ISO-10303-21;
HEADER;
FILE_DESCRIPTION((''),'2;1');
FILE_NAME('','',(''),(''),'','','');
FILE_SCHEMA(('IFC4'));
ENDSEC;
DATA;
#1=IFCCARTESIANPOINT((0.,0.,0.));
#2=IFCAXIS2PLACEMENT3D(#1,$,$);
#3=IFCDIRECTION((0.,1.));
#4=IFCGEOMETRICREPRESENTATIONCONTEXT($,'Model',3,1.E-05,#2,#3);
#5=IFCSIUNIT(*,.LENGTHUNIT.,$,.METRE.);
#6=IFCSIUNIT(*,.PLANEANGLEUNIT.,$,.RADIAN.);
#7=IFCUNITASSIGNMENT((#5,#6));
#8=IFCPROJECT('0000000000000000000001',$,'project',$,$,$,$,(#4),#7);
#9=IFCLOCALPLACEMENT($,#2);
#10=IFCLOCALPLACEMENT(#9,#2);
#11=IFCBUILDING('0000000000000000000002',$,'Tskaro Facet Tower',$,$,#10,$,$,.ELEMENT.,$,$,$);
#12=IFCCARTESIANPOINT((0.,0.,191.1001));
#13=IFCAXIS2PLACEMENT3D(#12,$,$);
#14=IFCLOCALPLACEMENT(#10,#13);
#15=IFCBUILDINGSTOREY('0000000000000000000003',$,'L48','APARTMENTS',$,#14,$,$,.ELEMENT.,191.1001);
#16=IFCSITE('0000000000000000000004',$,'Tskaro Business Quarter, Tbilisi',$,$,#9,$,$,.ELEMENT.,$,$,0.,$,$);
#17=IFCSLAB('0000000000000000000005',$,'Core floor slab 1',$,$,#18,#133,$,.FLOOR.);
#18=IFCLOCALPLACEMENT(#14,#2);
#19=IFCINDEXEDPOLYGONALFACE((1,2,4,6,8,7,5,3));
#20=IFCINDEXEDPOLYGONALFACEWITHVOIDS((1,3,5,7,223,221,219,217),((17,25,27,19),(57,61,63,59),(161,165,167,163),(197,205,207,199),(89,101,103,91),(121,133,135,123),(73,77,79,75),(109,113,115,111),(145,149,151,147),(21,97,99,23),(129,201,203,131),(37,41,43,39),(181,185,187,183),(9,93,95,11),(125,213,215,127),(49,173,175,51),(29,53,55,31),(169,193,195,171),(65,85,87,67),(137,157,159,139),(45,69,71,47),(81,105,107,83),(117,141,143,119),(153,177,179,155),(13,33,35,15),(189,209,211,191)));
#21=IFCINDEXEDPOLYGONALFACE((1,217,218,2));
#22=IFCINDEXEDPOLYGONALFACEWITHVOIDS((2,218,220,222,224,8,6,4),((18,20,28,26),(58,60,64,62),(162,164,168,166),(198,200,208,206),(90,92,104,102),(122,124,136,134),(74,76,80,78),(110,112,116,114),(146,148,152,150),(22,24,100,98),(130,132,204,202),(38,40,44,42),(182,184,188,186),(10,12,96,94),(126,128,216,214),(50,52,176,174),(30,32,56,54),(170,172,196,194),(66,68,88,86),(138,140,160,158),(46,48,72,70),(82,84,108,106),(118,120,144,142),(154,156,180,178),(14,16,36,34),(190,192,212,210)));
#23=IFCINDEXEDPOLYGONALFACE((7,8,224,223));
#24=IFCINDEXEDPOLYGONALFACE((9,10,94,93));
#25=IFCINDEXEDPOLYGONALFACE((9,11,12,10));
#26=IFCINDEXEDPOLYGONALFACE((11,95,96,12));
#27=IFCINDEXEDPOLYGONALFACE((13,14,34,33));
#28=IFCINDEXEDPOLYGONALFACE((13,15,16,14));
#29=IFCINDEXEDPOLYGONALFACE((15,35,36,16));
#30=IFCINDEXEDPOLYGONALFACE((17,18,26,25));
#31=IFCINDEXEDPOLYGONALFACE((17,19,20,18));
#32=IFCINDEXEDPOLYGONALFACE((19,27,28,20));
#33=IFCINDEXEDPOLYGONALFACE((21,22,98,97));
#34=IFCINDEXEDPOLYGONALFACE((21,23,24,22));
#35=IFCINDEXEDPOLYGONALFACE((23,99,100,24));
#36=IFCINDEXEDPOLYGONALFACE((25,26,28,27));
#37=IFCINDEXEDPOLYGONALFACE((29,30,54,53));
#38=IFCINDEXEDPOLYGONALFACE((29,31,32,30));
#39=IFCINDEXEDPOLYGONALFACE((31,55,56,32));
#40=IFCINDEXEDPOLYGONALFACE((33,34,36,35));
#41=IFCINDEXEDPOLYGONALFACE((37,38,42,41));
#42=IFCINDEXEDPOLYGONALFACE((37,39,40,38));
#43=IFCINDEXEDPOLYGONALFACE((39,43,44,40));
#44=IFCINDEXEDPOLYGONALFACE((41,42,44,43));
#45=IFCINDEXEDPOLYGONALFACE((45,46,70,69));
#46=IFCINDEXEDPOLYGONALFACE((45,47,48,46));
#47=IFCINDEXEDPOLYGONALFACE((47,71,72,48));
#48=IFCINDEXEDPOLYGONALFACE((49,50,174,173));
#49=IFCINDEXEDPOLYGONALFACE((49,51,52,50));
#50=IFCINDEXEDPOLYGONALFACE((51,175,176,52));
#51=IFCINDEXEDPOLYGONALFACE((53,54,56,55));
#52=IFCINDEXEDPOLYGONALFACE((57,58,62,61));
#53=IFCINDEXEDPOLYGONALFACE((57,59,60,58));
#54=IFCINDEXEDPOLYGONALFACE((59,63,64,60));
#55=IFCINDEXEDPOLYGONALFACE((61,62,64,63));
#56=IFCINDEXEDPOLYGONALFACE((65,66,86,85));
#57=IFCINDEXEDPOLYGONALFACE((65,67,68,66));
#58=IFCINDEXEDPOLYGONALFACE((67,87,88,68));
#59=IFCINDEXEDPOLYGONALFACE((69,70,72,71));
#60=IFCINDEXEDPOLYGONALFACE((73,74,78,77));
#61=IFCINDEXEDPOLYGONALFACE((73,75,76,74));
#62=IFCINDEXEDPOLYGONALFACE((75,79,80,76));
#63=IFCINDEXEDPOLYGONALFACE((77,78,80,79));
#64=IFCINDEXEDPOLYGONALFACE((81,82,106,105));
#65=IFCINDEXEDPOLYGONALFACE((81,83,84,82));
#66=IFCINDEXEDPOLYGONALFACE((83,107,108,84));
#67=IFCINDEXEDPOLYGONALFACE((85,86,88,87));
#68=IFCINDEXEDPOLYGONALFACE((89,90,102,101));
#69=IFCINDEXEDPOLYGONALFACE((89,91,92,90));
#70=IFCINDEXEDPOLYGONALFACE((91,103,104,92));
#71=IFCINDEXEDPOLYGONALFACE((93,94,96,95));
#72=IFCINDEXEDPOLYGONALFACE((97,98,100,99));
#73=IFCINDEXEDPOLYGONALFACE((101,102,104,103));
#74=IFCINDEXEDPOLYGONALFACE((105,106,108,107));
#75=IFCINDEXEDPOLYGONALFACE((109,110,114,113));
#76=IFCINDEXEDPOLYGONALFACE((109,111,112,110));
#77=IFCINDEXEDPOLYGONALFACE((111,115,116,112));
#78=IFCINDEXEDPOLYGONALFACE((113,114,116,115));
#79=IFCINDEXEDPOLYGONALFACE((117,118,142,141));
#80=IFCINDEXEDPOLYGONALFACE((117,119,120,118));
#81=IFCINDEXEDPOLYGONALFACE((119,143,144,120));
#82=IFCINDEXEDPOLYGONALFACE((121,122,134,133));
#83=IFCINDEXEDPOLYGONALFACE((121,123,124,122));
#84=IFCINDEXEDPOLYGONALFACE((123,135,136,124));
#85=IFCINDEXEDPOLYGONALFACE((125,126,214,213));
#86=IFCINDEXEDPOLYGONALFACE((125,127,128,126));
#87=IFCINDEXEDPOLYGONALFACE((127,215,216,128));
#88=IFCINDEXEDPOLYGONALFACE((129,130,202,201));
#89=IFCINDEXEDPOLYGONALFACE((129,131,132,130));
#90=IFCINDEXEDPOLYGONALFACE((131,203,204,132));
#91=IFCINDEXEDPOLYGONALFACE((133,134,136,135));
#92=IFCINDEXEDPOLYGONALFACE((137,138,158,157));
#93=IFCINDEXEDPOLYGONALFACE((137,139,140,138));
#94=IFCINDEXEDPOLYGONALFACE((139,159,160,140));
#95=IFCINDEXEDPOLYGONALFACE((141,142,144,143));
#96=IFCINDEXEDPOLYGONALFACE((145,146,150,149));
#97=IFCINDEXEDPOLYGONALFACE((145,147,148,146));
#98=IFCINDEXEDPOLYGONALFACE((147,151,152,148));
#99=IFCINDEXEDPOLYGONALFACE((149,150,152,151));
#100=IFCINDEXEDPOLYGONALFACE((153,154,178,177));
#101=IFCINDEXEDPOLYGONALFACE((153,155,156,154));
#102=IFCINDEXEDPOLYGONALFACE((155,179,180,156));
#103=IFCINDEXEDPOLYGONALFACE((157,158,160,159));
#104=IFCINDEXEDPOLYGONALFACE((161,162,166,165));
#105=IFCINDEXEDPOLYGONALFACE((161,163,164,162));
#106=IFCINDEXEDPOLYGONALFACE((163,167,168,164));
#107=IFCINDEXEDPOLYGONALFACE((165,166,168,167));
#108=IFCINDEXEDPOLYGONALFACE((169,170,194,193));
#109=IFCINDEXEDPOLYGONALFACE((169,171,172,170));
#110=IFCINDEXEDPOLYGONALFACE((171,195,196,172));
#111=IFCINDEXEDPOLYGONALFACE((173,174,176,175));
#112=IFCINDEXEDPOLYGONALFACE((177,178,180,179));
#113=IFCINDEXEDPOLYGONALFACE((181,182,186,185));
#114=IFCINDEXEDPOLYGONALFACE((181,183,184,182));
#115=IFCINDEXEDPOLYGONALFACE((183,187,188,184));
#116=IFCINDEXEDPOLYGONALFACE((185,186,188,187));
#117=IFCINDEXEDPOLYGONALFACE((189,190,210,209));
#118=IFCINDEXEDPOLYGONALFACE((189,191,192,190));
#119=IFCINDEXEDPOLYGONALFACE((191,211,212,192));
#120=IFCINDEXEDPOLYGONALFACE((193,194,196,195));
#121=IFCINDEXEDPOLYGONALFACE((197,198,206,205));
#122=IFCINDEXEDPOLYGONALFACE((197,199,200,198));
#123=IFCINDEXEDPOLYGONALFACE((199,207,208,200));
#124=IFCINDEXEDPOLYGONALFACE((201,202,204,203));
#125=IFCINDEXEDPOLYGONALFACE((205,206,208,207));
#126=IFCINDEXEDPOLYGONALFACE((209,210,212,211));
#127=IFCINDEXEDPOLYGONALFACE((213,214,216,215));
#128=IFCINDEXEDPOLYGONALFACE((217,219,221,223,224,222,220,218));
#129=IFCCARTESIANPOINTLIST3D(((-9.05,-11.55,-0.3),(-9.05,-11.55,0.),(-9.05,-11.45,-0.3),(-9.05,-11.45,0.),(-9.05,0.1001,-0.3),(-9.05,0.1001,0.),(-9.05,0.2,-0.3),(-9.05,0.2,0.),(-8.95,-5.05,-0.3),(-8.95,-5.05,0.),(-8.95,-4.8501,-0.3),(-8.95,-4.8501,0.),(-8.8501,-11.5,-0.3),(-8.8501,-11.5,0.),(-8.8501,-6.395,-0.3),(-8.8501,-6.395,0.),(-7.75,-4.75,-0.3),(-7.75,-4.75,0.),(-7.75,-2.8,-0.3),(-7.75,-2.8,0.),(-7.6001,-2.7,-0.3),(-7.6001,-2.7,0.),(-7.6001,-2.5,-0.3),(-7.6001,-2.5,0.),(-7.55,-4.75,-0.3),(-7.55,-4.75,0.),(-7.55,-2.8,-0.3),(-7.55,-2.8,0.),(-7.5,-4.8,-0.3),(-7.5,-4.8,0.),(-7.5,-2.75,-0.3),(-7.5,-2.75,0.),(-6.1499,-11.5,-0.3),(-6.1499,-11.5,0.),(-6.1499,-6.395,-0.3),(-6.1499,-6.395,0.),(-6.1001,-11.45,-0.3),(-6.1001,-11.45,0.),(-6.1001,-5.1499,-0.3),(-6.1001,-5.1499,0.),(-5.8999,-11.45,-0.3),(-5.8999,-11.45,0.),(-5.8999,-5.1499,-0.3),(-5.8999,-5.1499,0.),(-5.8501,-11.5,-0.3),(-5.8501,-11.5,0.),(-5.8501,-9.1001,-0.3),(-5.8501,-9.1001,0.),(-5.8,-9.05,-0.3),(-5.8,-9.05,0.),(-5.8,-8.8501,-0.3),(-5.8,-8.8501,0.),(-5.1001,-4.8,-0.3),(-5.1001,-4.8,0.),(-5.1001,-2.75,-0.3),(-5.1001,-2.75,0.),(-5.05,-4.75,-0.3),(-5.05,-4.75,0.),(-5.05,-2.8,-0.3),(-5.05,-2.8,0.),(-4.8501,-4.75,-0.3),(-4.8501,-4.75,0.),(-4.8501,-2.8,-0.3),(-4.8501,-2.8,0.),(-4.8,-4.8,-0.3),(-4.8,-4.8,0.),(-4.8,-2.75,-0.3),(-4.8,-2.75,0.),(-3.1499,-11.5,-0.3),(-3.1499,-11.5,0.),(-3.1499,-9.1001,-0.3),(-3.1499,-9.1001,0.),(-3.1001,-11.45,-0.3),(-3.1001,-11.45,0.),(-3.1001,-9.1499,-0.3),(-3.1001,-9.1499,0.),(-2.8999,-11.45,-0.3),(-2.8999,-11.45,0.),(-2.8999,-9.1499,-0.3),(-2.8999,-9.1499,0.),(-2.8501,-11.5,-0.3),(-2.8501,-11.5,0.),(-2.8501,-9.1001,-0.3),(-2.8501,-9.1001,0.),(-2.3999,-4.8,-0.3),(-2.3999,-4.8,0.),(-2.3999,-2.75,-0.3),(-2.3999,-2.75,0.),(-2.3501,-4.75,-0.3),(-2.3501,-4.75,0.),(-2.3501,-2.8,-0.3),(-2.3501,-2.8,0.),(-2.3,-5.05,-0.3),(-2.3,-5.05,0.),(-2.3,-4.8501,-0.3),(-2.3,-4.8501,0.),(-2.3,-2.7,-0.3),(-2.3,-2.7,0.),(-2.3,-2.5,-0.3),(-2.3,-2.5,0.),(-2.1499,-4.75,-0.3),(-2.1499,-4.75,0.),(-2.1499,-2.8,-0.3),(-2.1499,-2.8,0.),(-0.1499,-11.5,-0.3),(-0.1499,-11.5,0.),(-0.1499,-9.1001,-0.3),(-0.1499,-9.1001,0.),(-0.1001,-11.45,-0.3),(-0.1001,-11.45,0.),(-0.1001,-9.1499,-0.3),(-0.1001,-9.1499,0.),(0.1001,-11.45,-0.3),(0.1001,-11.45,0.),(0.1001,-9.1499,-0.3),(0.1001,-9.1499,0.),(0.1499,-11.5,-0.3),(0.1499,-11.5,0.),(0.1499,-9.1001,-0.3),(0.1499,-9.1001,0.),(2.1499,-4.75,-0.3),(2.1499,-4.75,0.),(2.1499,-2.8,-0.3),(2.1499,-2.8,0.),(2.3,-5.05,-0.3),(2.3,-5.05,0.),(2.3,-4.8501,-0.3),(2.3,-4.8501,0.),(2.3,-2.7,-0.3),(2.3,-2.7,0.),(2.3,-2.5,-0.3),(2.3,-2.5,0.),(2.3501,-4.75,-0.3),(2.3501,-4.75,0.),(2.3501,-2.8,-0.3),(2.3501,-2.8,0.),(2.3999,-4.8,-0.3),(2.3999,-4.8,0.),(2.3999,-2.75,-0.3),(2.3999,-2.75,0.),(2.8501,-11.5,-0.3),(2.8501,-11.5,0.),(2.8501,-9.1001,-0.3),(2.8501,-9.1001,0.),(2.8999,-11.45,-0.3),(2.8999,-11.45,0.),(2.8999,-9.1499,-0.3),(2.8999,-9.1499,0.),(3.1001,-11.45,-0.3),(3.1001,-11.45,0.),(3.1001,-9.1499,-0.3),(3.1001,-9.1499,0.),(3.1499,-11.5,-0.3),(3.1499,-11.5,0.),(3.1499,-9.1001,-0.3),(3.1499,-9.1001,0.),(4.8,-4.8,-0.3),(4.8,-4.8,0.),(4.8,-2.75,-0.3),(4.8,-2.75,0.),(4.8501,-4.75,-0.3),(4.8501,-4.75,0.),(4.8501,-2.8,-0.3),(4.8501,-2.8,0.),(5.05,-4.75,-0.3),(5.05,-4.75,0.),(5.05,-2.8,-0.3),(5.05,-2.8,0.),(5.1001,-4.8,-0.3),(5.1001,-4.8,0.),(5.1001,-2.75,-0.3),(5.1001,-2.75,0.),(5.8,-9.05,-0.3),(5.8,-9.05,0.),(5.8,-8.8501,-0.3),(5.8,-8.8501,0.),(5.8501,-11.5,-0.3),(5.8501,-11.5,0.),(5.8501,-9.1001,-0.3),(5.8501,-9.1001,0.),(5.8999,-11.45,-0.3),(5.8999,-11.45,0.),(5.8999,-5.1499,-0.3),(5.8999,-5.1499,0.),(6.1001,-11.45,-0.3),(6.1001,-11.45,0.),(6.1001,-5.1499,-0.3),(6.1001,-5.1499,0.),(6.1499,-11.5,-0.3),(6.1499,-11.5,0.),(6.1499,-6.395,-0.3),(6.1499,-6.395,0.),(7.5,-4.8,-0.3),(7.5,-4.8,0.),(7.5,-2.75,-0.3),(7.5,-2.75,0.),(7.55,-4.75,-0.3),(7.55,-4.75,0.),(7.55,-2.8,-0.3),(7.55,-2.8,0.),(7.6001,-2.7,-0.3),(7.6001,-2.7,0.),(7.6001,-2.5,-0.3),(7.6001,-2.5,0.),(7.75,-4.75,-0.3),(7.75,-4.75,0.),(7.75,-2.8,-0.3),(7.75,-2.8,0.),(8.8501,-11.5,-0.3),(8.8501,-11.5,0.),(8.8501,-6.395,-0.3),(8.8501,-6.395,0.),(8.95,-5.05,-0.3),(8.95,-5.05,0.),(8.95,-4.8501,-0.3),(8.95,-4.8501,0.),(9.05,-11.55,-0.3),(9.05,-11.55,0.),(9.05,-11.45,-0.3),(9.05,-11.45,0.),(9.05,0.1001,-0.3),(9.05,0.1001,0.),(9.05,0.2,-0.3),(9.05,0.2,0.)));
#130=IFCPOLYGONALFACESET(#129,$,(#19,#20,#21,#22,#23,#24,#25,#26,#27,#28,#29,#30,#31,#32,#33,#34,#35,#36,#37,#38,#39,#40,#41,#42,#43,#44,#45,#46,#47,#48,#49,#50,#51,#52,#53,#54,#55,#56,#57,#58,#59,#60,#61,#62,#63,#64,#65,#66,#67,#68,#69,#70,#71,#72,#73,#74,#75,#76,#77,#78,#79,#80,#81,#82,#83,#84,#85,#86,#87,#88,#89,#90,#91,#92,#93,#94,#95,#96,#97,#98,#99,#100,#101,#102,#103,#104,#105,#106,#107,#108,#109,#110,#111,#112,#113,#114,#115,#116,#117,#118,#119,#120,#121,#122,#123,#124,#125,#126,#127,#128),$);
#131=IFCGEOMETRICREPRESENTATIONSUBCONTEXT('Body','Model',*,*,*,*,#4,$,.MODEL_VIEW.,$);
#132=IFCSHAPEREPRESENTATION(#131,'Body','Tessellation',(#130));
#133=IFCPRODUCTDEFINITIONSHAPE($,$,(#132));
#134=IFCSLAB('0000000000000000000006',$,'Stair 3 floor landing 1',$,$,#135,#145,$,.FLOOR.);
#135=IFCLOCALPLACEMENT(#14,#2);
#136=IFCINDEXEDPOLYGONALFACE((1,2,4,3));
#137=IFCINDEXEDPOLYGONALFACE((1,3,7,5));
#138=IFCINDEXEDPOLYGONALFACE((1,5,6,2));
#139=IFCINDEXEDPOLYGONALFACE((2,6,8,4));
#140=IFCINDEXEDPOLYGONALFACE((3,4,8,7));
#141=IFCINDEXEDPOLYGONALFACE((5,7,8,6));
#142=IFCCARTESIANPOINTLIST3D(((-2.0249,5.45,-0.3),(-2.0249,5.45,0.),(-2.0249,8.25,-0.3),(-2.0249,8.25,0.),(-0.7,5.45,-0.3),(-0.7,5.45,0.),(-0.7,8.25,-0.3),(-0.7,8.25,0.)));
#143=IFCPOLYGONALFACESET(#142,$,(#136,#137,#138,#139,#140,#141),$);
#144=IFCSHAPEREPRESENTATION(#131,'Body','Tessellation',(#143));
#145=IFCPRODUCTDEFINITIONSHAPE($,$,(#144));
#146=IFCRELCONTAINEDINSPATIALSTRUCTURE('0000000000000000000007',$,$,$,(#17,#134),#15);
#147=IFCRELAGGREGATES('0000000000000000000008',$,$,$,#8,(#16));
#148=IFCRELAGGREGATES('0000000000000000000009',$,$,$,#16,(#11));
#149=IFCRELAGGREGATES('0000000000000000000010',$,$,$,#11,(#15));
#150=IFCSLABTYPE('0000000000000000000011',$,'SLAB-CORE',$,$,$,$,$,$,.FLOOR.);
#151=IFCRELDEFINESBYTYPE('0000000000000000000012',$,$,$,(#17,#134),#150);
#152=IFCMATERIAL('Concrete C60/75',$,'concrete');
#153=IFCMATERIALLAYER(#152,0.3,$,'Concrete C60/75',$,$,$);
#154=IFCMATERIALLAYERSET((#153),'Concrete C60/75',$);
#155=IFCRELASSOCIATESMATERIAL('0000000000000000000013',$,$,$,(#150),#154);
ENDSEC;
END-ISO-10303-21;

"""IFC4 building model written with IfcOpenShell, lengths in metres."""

from ifc_helpers import new_model, si_unit, direction, frame, origin, place, context, subcontext, project, spatial, polyline, outline, extrude, material, layer, layer_set, type_object, element, save


model = new_model("IFC4")

# Units and contexts
model_context = context("Model", 3, precision=1e-05, world=origin(), true_north=direction((0.0, 1.0)))
body_context = subcontext(model_context, "Body", "Model", "MODEL_VIEW")
ifc_project = project(units=[si_unit("LENGTHUNIT", "METRE"), si_unit("PLANEANGLEUNIT", "RADIAN")], contexts=[model_context])

# Site, building, storey
site_placement = place(None, origin())
site = spatial("IfcSite", under=ifc_project, at=site_placement, Name="Tskaro Business Quarter, Tbilisi", CompositionType="ELEMENT", RefElevation=0.0)
building_placement = place(site_placement, origin())
building = spatial("IfcBuilding", under=site, at=building_placement, Name="Tskaro Facet Tower", CompositionType="ELEMENT")
storey_placement = place(building_placement, frame((0.0, 0.0, 191.1001)))
storey = spatial("IfcBuildingStorey", under=building, at=storey_placement, Name="L48", Description="APARTMENTS", CompositionType="ELEMENT", Elevation=191.1001)

# Slabs
ifc_material_1 = material(Name="Concrete C60/75", Category="concrete")
ifc_layer_1 = layer(ifc_material_1, 0.3, Name="Concrete C60/75")
ifc_layer_set_1 = layer_set([ifc_layer_1], Name="Concrete C60/75")
slab_type_1 = type_object("IfcSlabType", Name="SLAB-CORE", PredefinedType="FLOOR", material=ifc_layer_set_1)
slab_1_placement = place(storey_placement, frame((0.0, 0.0, -0.3)))
element("IfcSlab", 1, at=slab_1_placement, inside=storey, type_object=slab_type_1, Name="Core floor slab 1", PredefinedType="FLOOR", context=body_context, shape_type="SweptSolid", body=[
    extrude(outline(polyline([(-9.05, 0.2), (9.05, 0.2), (9.05, 0.1001), (9.05, -11.45), (9.05, -11.55), (-9.05, -11.55), (-9.05, -11.45), (-9.05, 0.1001), (-9.05, 0.2)]), holes=[polyline([(-5.8501, -9.1001), (-5.8501, -11.5), (-3.1499, -11.5), (-3.1499, -9.1001), (-5.8501, -9.1001)]), polyline([(-3.1001, -11.45), (-2.8999, -11.45), (-2.8999, -9.1499), (-3.1001, -9.1499), (-3.1001, -11.45)]), polyline([(-2.8501, -9.1001), (-2.8501, -11.5), (-0.1499, -11.5), (-0.1499, -9.1001), (-2.8501, -9.1001)]), polyline([(-6.1001, -11.45), (-5.8999, -11.45), (-5.8999, -5.1499), (-6.1001, -5.1499), (-6.1001, -11.45)]), polyline([(-8.95, -5.05), (-2.3, -5.05), (-2.3, -4.8501), (-8.95, -4.8501), (-8.95, -5.05)]), polyline([(-7.75, -4.75), (-7.55, -4.75), (-7.55, -2.8), (-7.75, -2.8), (-7.75, -4.75)]), polyline([(-5.1001, -2.75), (-7.5, -2.75), (-7.5, -4.8), (-5.1001, -4.8), (-5.1001, -2.75)]), polyline([(-5.05, -4.75), (-4.8501, -4.75), (-4.8501, -2.8), (-5.05, -2.8), (-5.05, -4.75)]), polyline([(-2.3999, -2.75), (-4.8, -2.75), (-4.8, -4.8), (-2.3999, -4.8), (-2.3999, -2.75)]), polyline([(-2.3501, -4.75), (-2.1499, -4.75), (-2.1499, -2.8), (-2.3501, -2.8), (-2.3501, -4.75)]), polyline([(-7.6001, -2.7), (-2.3, -2.7), (-2.3, -2.5), (-7.6001, -2.5), (-7.6001, -2.7)]), polyline([(-0.1001, -11.45), (0.1001, -11.45), (0.1001, -9.1499), (-0.1001, -9.1499), (-0.1001, -11.45)]), polyline([(0.1499, -9.1001), (0.1499, -11.5), (2.8501, -11.5), (2.8501, -9.1001), (0.1499, -9.1001)]), polyline([(2.8999, -11.45), (3.1001, -11.45), (3.1001, -9.1499), (2.8999, -9.1499), (2.8999, -11.45)]), polyline([(3.1499, -9.1001), (3.1499, -11.5), (5.8501, -11.5), (5.8501, -9.1001), (3.1499, -9.1001)]), polyline([(-5.8, -9.05), (5.8, -9.05), (5.8, -8.8501), (-5.8, -8.8501), (-5.8, -9.05)]), polyline([(5.8999, -11.45), (6.1001, -11.45), (6.1001, -5.1499), (5.8999, -5.1499), (5.8999, -11.45)]), polyline([(2.3, -5.05), (8.95, -5.05), (8.95, -4.8501), (2.3, -4.8501), (2.3, -5.05)]), polyline([(2.1499, -4.75), (2.3501, -4.75), (2.3501, -2.8), (2.1499, -2.8), (2.1499, -4.75)]), polyline([(4.8, -2.75), (2.3999, -2.75), (2.3999, -4.8), (4.8, -4.8), (4.8, -2.75)]), polyline([(4.8501, -4.75), (5.05, -4.75), (5.05, -2.8), (4.8501, -2.8), (4.8501, -4.75)]), polyline([(7.5, -2.75), (5.1001, -2.75), (5.1001, -4.8), (7.5, -4.8), (7.5, -2.75)]), polyline([(7.55, -4.75), (7.75, -4.75), (7.75, -2.8), (7.55, -2.8), (7.55, -4.75)]), polyline([(2.3, -2.7), (7.6001, -2.7), (7.6001, -2.5), (2.3, -2.5), (2.3, -2.7)]), polyline([(-8.8501, -11.5), (-6.1499, -11.5), (-6.1499, -6.395), (-8.8501, -6.395), (-8.8501, -11.5)]), polyline([(6.1499, -6.395), (6.1499, -11.5), (8.8501, -11.5), (8.8501, -6.395), (6.1499, -6.395)])]), origin(), (0.0, 0.0, 1.0), 0.3),
])
slab_2_placement = place(storey_placement, frame((0.0, 0.0, -0.3)))
element("IfcSlab", 2, at=slab_2_placement, inside=storey, type_object=slab_type_1, Name="Stair 3 floor landing 1", PredefinedType="FLOOR", context=body_context, shape_type="SweptSolid", body=[
    extrude(outline(polyline([(-2.0249, 5.45), (-0.7, 5.45), (-0.7, 8.25), (-2.0249, 8.25), (-2.0249, 5.45)])), origin(), (0.0, 0.0, 1.0), 0.3),
])

save(model, "model.ifc")
